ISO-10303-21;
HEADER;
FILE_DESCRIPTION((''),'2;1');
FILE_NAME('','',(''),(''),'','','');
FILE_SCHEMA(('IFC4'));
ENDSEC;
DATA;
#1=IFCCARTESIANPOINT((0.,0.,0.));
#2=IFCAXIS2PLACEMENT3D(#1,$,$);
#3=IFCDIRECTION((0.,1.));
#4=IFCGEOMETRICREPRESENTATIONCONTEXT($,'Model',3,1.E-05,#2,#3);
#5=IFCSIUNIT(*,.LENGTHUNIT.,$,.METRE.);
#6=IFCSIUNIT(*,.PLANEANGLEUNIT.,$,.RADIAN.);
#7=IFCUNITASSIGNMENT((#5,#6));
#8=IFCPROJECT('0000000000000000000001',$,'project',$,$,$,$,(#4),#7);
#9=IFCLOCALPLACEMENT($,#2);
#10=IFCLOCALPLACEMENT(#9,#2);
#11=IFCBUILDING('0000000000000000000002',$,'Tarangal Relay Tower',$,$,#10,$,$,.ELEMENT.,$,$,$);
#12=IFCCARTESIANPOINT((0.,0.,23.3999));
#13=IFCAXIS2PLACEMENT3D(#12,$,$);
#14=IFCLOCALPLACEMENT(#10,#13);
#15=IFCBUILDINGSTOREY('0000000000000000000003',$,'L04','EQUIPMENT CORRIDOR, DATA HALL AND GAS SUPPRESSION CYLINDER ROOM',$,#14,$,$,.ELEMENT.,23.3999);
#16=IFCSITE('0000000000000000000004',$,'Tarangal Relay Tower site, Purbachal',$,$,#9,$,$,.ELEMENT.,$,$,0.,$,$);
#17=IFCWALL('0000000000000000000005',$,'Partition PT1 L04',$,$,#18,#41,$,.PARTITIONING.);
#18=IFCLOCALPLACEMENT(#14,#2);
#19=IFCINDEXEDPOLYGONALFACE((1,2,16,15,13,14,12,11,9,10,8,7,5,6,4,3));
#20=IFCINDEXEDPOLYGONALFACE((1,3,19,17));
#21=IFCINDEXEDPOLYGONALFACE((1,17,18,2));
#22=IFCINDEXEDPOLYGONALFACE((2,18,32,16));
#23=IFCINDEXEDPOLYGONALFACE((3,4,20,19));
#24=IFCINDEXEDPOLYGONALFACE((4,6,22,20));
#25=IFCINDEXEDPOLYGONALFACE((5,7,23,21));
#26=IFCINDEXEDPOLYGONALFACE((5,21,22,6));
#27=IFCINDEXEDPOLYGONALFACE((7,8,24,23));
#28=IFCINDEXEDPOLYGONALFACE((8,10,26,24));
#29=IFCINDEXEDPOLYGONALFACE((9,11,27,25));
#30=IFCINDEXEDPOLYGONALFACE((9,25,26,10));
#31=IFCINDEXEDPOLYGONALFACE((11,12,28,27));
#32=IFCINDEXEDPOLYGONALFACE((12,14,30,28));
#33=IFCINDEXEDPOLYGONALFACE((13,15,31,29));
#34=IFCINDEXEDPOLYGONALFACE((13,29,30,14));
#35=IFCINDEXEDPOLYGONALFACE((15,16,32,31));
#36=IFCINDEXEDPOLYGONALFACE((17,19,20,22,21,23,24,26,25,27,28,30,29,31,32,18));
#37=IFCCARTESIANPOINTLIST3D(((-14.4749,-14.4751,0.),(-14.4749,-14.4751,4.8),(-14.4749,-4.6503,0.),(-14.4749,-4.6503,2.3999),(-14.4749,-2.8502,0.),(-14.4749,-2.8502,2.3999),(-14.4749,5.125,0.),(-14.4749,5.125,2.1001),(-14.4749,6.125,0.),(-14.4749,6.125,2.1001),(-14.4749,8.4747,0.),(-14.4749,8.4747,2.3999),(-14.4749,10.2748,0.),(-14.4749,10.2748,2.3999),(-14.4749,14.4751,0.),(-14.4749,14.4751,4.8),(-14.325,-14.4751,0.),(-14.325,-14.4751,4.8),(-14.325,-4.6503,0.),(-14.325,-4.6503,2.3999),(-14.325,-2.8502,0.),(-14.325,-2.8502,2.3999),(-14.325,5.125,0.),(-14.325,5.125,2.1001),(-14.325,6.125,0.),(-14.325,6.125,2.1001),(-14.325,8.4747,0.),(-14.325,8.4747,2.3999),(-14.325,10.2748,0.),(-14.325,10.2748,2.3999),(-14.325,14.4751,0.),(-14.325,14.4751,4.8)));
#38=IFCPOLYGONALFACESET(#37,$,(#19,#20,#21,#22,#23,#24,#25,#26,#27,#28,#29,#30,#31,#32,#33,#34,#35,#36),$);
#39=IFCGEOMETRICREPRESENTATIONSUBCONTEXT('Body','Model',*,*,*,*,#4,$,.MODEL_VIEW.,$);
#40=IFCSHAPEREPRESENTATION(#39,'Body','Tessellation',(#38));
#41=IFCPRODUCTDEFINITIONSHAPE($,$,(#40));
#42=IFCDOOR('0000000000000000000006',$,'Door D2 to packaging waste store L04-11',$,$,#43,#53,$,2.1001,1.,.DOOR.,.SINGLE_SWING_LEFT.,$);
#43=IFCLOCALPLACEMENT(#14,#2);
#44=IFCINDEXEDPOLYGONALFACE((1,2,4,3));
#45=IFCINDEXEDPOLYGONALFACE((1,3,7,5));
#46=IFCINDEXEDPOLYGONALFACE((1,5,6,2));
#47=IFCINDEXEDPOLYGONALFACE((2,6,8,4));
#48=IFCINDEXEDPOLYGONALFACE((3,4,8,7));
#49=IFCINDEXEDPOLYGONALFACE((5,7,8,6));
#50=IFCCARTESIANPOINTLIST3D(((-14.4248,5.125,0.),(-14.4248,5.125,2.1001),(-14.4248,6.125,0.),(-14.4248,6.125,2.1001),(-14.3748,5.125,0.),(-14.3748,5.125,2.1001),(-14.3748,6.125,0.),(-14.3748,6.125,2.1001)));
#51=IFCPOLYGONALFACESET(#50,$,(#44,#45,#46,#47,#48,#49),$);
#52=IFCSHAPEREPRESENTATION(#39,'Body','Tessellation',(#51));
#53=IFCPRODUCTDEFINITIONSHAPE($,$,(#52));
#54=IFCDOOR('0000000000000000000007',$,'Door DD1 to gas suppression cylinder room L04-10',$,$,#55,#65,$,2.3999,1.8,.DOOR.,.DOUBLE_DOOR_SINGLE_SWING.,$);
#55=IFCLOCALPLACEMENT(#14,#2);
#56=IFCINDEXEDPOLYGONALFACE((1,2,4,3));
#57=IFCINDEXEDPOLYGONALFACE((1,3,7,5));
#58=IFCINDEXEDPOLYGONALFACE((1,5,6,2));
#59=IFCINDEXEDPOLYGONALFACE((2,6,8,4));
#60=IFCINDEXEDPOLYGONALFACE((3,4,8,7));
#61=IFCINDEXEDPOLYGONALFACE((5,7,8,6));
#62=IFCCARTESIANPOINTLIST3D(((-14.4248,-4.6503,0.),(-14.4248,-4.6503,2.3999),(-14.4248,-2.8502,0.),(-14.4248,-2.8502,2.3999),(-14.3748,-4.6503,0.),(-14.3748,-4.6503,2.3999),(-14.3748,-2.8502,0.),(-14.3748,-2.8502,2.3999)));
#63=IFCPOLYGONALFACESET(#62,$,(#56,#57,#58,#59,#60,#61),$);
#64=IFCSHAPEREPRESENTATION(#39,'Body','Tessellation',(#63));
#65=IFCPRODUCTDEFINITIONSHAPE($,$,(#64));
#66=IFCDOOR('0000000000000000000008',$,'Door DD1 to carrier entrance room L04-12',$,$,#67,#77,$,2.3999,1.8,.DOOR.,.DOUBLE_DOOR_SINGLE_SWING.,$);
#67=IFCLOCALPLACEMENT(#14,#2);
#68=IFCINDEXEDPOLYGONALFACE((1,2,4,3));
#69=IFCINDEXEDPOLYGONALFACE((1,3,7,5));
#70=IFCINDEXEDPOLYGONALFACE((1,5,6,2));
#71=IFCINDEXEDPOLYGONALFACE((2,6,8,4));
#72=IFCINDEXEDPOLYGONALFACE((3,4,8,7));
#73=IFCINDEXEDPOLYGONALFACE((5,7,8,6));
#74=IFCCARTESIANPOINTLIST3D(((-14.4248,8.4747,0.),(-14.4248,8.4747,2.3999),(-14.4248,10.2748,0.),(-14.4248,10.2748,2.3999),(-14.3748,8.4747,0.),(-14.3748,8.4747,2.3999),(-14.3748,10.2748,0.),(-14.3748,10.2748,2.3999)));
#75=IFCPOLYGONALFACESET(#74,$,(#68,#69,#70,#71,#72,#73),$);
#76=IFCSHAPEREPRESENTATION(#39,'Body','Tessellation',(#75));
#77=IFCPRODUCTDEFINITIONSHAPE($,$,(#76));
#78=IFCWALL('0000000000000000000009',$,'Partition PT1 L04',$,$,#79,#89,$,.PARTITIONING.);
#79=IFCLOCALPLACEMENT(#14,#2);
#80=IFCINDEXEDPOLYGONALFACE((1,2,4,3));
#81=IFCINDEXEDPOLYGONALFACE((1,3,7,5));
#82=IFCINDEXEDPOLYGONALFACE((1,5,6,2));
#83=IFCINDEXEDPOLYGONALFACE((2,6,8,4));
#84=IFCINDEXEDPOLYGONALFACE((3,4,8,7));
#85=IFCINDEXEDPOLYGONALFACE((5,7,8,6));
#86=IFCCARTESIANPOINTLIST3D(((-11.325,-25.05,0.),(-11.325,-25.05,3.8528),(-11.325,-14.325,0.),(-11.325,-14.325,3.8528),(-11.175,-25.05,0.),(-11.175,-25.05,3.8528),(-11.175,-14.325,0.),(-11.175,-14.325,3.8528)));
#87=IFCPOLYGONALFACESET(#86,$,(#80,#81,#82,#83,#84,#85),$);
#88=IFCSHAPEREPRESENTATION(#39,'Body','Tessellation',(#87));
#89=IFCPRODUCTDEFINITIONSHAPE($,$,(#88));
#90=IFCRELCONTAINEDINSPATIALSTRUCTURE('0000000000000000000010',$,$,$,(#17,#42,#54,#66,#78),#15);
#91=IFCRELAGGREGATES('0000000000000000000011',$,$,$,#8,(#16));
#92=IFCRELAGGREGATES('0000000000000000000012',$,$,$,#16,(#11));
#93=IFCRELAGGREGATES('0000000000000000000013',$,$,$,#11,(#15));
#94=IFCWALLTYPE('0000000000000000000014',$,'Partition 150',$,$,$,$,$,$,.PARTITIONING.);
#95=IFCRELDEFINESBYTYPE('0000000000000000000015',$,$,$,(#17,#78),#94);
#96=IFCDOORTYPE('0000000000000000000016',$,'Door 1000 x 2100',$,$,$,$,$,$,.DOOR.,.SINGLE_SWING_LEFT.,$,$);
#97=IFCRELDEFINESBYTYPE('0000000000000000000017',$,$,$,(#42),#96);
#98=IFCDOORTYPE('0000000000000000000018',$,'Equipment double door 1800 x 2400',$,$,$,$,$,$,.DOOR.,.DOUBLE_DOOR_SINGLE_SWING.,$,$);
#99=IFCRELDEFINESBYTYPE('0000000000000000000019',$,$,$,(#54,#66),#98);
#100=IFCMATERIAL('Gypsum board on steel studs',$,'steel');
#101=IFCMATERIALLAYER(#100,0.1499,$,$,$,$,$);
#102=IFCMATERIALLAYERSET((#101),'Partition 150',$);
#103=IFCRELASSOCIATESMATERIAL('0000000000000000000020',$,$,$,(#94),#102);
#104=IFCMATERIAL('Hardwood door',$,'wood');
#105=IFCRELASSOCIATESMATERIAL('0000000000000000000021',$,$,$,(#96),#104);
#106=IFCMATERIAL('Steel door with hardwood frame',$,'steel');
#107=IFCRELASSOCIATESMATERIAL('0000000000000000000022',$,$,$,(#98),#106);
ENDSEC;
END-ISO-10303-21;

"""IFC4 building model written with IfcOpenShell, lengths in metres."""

from ifc_helpers import new_model, si_unit, direction, frame, frame_2d, origin, place, context, subcontext, project, spatial, rectangle, extrude, material, layer, layer_set, type_object, element, fill, save


model = new_model("IFC4")

# Units and contexts
model_context = context("Model", 3, precision=1e-05, world=origin(), true_north=direction((0.0, 1.0)))
body_context = subcontext(model_context, "Body", "Model", "MODEL_VIEW")
ifc_project = project(units=[si_unit("LENGTHUNIT", "METRE"), si_unit("PLANEANGLEUNIT", "RADIAN")], contexts=[model_context])

# Site, building, storey
site_placement = place(None, origin())
site = spatial("IfcSite", under=ifc_project, at=site_placement, Name="Tarangal Relay Tower site, Purbachal", CompositionType="ELEMENT", RefElevation=0.0)
building_placement = place(site_placement, origin())
building = spatial("IfcBuilding", under=site, at=building_placement, Name="Tarangal Relay Tower", CompositionType="ELEMENT")
storey_placement = place(building_placement, frame((0.0, 0.0, 23.3999)))
storey = spatial("IfcBuildingStorey", under=building, at=storey_placement, Name="L04", Description="EQUIPMENT CORRIDOR, DATA HALL AND GAS SUPPRESSION CYLINDER ROOM", CompositionType="ELEMENT", Elevation=23.3999)

# Shared definitions
ifc_material_1 = material(Name="Steel door with hardwood frame", Category="steel")

# Wall, openings, doors
ifc_material_2 = material(Name="Gypsum board on steel studs", Category="steel")
ifc_layer_1 = layer(ifc_material_2, 0.1499)
ifc_layer_set_1 = layer_set([ifc_layer_1], Name="Partition 150")
wall_type_1 = type_object("IfcWallType", Name="Partition 150", PredefinedType="PARTITIONING", material=ifc_layer_set_1)
ifc_material_3 = material(Name="Hardwood door", Category="wood")
door_type_1 = type_object("IfcDoorType", Name="Door 1000 x 2100", OperationType="SINGLE_SWING_LEFT", PredefinedType="DOOR", material=ifc_material_3)
door_type_2 = type_object("IfcDoorType", Name="Equipment double door 1800 x 2400", OperationType="DOUBLE_DOOR_SINGLE_SWING", PredefinedType="DOOR", material=ifc_material_1)
wall_1_placement = place(storey_placement, frame((-14.3999, -14.4751, 0.0), z_axis=(0.0, 0.0, 1.0), x_axis=(0.0, 1.0, 0.0)))
wall_1 = element("IfcWall", 1, at=wall_1_placement, inside=storey, type_object=wall_type_1, Name="Partition PT1 L04", PredefinedType="PARTITIONING", context=body_context, shape_type="SweptSolid", body=[
    extrude(rectangle(XDim=28.9502, YDim=0.1499, at=frame_2d((14.4751, 0.0))), origin(), (0.0, 0.0, 1.0), 4.8),
])
opening_1_placement = place(wall_1_placement, frame((9.825, 0.0, 0.0)))
opening_1 = element("IfcOpeningElement", 2, at=opening_1_placement, cuts=wall_1, PredefinedType="OPENING", context=body_context, shape_type="SweptSolid", body=[
    extrude(rectangle(XDim=1.8, YDim=2.3999, at=frame_2d((0.8999, 1.2))), frame((0.0, 0.085, 0.0), z_axis=(0.0, -1.0, 0.0), x_axis=(1.0, 0.0, 0.0)), (0.0, 0.0, 1.0), 0.1699),
])
opening_2_placement = place(wall_1_placement, frame((19.6001, 0.0, 0.0)))
opening_2 = element("IfcOpeningElement", 3, at=opening_2_placement, cuts=wall_1, PredefinedType="OPENING", context=body_context, shape_type="SweptSolid", body=[
    extrude(rectangle(XDim=1.0, YDim=2.1001, at=frame_2d((0.5, 1.05))), frame((0.0, 0.085, 0.0), z_axis=(0.0, -1.0, 0.0), x_axis=(1.0, 0.0, 0.0)), (0.0, 0.0, 1.0), 0.1699),
])
opening_3_placement = place(wall_1_placement, frame((22.95, 0.0, 0.0)))
opening_3 = element("IfcOpeningElement", 4, at=opening_3_placement, cuts=wall_1, PredefinedType="OPENING", context=body_context, shape_type="SweptSolid", body=[
    extrude(rectangle(XDim=1.8, YDim=2.3999, at=frame_2d((0.8999, 1.2))), frame((0.0, 0.085, 0.0), z_axis=(0.0, -1.0, 0.0), x_axis=(1.0, 0.0, 0.0)), (0.0, 0.0, 1.0), 0.1699),
])
door_1_placement = place(opening_2_placement, origin())
door_1 = element("IfcDoor", 5, at=door_1_placement, inside=storey, type_object=door_type_1, Name="Door D2 to packaging waste store L04-11", OperationType="SINGLE_SWING_LEFT", OverallHeight=2.1001, OverallWidth=1.0, PredefinedType="DOOR", context=body_context, shape_type="SweptSolid", body=[
    extrude(rectangle(XDim=1.0, YDim=2.1001, at=frame_2d((0.5, 1.05))), frame((0.0, 0.0249, 0.0), z_axis=(0.0, -1.0, 0.0), x_axis=(1.0, 0.0, 0.0)), (0.0, 0.0, 1.0), 0.05),
])
fill(opening_2, door_1)
door_2_placement = place(opening_1_placement, origin())
door_2 = element("IfcDoor", 6, at=door_2_placement, inside=storey, type_object=door_type_2, Name="Door DD1 to gas suppression cylinder room L04-10", OperationType="DOUBLE_DOOR_SINGLE_SWING", OverallHeight=2.3999, OverallWidth=1.8, PredefinedType="DOOR", context=body_context, shape_type="SweptSolid", body=[
    extrude(rectangle(XDim=1.8, YDim=2.3999, at=frame_2d((0.8999, 1.2))), frame((0.0, 0.0249, 0.0), z_axis=(0.0, -1.0, 0.0), x_axis=(1.0, 0.0, 0.0)), (0.0, 0.0, 1.0), 0.05),
])
fill(opening_1, door_2)
door_3_placement = place(opening_3_placement, origin())
door_3 = element("IfcDoor", 7, at=door_3_placement, inside=storey, type_object=door_type_2, Name="Door DD1 to carrier entrance room L04-12", OperationType="DOUBLE_DOOR_SINGLE_SWING", OverallHeight=2.3999, OverallWidth=1.8, PredefinedType="DOOR", context=body_context, shape_type="SweptSolid", body=[
    extrude(rectangle(XDim=1.8, YDim=2.3999, at=frame_2d((0.8999, 1.2))), frame((0.0, 0.0249, 0.0), z_axis=(0.0, -1.0, 0.0), x_axis=(1.0, 0.0, 0.0)), (0.0, 0.0, 1.0), 0.05),
])
fill(opening_3, door_3)

# Wall
wall_2_placement = place(storey_placement, frame((-11.25, -25.05, 0.0), z_axis=(0.0, 0.0, 1.0), x_axis=(0.0, 1.0, 0.0)))
element("IfcWall", 8, at=wall_2_placement, inside=storey, type_object=wall_type_1, Name="Partition PT1 L04", PredefinedType="PARTITIONING", context=body_context, shape_type="SweptSolid", body=[
    extrude(rectangle(XDim=10.7251, YDim=0.1499, at=frame_2d((5.3625, 0.0))), origin(), (0.0, 0.0, 1.0), 3.8528),
])

save(model, "model.ifc")
